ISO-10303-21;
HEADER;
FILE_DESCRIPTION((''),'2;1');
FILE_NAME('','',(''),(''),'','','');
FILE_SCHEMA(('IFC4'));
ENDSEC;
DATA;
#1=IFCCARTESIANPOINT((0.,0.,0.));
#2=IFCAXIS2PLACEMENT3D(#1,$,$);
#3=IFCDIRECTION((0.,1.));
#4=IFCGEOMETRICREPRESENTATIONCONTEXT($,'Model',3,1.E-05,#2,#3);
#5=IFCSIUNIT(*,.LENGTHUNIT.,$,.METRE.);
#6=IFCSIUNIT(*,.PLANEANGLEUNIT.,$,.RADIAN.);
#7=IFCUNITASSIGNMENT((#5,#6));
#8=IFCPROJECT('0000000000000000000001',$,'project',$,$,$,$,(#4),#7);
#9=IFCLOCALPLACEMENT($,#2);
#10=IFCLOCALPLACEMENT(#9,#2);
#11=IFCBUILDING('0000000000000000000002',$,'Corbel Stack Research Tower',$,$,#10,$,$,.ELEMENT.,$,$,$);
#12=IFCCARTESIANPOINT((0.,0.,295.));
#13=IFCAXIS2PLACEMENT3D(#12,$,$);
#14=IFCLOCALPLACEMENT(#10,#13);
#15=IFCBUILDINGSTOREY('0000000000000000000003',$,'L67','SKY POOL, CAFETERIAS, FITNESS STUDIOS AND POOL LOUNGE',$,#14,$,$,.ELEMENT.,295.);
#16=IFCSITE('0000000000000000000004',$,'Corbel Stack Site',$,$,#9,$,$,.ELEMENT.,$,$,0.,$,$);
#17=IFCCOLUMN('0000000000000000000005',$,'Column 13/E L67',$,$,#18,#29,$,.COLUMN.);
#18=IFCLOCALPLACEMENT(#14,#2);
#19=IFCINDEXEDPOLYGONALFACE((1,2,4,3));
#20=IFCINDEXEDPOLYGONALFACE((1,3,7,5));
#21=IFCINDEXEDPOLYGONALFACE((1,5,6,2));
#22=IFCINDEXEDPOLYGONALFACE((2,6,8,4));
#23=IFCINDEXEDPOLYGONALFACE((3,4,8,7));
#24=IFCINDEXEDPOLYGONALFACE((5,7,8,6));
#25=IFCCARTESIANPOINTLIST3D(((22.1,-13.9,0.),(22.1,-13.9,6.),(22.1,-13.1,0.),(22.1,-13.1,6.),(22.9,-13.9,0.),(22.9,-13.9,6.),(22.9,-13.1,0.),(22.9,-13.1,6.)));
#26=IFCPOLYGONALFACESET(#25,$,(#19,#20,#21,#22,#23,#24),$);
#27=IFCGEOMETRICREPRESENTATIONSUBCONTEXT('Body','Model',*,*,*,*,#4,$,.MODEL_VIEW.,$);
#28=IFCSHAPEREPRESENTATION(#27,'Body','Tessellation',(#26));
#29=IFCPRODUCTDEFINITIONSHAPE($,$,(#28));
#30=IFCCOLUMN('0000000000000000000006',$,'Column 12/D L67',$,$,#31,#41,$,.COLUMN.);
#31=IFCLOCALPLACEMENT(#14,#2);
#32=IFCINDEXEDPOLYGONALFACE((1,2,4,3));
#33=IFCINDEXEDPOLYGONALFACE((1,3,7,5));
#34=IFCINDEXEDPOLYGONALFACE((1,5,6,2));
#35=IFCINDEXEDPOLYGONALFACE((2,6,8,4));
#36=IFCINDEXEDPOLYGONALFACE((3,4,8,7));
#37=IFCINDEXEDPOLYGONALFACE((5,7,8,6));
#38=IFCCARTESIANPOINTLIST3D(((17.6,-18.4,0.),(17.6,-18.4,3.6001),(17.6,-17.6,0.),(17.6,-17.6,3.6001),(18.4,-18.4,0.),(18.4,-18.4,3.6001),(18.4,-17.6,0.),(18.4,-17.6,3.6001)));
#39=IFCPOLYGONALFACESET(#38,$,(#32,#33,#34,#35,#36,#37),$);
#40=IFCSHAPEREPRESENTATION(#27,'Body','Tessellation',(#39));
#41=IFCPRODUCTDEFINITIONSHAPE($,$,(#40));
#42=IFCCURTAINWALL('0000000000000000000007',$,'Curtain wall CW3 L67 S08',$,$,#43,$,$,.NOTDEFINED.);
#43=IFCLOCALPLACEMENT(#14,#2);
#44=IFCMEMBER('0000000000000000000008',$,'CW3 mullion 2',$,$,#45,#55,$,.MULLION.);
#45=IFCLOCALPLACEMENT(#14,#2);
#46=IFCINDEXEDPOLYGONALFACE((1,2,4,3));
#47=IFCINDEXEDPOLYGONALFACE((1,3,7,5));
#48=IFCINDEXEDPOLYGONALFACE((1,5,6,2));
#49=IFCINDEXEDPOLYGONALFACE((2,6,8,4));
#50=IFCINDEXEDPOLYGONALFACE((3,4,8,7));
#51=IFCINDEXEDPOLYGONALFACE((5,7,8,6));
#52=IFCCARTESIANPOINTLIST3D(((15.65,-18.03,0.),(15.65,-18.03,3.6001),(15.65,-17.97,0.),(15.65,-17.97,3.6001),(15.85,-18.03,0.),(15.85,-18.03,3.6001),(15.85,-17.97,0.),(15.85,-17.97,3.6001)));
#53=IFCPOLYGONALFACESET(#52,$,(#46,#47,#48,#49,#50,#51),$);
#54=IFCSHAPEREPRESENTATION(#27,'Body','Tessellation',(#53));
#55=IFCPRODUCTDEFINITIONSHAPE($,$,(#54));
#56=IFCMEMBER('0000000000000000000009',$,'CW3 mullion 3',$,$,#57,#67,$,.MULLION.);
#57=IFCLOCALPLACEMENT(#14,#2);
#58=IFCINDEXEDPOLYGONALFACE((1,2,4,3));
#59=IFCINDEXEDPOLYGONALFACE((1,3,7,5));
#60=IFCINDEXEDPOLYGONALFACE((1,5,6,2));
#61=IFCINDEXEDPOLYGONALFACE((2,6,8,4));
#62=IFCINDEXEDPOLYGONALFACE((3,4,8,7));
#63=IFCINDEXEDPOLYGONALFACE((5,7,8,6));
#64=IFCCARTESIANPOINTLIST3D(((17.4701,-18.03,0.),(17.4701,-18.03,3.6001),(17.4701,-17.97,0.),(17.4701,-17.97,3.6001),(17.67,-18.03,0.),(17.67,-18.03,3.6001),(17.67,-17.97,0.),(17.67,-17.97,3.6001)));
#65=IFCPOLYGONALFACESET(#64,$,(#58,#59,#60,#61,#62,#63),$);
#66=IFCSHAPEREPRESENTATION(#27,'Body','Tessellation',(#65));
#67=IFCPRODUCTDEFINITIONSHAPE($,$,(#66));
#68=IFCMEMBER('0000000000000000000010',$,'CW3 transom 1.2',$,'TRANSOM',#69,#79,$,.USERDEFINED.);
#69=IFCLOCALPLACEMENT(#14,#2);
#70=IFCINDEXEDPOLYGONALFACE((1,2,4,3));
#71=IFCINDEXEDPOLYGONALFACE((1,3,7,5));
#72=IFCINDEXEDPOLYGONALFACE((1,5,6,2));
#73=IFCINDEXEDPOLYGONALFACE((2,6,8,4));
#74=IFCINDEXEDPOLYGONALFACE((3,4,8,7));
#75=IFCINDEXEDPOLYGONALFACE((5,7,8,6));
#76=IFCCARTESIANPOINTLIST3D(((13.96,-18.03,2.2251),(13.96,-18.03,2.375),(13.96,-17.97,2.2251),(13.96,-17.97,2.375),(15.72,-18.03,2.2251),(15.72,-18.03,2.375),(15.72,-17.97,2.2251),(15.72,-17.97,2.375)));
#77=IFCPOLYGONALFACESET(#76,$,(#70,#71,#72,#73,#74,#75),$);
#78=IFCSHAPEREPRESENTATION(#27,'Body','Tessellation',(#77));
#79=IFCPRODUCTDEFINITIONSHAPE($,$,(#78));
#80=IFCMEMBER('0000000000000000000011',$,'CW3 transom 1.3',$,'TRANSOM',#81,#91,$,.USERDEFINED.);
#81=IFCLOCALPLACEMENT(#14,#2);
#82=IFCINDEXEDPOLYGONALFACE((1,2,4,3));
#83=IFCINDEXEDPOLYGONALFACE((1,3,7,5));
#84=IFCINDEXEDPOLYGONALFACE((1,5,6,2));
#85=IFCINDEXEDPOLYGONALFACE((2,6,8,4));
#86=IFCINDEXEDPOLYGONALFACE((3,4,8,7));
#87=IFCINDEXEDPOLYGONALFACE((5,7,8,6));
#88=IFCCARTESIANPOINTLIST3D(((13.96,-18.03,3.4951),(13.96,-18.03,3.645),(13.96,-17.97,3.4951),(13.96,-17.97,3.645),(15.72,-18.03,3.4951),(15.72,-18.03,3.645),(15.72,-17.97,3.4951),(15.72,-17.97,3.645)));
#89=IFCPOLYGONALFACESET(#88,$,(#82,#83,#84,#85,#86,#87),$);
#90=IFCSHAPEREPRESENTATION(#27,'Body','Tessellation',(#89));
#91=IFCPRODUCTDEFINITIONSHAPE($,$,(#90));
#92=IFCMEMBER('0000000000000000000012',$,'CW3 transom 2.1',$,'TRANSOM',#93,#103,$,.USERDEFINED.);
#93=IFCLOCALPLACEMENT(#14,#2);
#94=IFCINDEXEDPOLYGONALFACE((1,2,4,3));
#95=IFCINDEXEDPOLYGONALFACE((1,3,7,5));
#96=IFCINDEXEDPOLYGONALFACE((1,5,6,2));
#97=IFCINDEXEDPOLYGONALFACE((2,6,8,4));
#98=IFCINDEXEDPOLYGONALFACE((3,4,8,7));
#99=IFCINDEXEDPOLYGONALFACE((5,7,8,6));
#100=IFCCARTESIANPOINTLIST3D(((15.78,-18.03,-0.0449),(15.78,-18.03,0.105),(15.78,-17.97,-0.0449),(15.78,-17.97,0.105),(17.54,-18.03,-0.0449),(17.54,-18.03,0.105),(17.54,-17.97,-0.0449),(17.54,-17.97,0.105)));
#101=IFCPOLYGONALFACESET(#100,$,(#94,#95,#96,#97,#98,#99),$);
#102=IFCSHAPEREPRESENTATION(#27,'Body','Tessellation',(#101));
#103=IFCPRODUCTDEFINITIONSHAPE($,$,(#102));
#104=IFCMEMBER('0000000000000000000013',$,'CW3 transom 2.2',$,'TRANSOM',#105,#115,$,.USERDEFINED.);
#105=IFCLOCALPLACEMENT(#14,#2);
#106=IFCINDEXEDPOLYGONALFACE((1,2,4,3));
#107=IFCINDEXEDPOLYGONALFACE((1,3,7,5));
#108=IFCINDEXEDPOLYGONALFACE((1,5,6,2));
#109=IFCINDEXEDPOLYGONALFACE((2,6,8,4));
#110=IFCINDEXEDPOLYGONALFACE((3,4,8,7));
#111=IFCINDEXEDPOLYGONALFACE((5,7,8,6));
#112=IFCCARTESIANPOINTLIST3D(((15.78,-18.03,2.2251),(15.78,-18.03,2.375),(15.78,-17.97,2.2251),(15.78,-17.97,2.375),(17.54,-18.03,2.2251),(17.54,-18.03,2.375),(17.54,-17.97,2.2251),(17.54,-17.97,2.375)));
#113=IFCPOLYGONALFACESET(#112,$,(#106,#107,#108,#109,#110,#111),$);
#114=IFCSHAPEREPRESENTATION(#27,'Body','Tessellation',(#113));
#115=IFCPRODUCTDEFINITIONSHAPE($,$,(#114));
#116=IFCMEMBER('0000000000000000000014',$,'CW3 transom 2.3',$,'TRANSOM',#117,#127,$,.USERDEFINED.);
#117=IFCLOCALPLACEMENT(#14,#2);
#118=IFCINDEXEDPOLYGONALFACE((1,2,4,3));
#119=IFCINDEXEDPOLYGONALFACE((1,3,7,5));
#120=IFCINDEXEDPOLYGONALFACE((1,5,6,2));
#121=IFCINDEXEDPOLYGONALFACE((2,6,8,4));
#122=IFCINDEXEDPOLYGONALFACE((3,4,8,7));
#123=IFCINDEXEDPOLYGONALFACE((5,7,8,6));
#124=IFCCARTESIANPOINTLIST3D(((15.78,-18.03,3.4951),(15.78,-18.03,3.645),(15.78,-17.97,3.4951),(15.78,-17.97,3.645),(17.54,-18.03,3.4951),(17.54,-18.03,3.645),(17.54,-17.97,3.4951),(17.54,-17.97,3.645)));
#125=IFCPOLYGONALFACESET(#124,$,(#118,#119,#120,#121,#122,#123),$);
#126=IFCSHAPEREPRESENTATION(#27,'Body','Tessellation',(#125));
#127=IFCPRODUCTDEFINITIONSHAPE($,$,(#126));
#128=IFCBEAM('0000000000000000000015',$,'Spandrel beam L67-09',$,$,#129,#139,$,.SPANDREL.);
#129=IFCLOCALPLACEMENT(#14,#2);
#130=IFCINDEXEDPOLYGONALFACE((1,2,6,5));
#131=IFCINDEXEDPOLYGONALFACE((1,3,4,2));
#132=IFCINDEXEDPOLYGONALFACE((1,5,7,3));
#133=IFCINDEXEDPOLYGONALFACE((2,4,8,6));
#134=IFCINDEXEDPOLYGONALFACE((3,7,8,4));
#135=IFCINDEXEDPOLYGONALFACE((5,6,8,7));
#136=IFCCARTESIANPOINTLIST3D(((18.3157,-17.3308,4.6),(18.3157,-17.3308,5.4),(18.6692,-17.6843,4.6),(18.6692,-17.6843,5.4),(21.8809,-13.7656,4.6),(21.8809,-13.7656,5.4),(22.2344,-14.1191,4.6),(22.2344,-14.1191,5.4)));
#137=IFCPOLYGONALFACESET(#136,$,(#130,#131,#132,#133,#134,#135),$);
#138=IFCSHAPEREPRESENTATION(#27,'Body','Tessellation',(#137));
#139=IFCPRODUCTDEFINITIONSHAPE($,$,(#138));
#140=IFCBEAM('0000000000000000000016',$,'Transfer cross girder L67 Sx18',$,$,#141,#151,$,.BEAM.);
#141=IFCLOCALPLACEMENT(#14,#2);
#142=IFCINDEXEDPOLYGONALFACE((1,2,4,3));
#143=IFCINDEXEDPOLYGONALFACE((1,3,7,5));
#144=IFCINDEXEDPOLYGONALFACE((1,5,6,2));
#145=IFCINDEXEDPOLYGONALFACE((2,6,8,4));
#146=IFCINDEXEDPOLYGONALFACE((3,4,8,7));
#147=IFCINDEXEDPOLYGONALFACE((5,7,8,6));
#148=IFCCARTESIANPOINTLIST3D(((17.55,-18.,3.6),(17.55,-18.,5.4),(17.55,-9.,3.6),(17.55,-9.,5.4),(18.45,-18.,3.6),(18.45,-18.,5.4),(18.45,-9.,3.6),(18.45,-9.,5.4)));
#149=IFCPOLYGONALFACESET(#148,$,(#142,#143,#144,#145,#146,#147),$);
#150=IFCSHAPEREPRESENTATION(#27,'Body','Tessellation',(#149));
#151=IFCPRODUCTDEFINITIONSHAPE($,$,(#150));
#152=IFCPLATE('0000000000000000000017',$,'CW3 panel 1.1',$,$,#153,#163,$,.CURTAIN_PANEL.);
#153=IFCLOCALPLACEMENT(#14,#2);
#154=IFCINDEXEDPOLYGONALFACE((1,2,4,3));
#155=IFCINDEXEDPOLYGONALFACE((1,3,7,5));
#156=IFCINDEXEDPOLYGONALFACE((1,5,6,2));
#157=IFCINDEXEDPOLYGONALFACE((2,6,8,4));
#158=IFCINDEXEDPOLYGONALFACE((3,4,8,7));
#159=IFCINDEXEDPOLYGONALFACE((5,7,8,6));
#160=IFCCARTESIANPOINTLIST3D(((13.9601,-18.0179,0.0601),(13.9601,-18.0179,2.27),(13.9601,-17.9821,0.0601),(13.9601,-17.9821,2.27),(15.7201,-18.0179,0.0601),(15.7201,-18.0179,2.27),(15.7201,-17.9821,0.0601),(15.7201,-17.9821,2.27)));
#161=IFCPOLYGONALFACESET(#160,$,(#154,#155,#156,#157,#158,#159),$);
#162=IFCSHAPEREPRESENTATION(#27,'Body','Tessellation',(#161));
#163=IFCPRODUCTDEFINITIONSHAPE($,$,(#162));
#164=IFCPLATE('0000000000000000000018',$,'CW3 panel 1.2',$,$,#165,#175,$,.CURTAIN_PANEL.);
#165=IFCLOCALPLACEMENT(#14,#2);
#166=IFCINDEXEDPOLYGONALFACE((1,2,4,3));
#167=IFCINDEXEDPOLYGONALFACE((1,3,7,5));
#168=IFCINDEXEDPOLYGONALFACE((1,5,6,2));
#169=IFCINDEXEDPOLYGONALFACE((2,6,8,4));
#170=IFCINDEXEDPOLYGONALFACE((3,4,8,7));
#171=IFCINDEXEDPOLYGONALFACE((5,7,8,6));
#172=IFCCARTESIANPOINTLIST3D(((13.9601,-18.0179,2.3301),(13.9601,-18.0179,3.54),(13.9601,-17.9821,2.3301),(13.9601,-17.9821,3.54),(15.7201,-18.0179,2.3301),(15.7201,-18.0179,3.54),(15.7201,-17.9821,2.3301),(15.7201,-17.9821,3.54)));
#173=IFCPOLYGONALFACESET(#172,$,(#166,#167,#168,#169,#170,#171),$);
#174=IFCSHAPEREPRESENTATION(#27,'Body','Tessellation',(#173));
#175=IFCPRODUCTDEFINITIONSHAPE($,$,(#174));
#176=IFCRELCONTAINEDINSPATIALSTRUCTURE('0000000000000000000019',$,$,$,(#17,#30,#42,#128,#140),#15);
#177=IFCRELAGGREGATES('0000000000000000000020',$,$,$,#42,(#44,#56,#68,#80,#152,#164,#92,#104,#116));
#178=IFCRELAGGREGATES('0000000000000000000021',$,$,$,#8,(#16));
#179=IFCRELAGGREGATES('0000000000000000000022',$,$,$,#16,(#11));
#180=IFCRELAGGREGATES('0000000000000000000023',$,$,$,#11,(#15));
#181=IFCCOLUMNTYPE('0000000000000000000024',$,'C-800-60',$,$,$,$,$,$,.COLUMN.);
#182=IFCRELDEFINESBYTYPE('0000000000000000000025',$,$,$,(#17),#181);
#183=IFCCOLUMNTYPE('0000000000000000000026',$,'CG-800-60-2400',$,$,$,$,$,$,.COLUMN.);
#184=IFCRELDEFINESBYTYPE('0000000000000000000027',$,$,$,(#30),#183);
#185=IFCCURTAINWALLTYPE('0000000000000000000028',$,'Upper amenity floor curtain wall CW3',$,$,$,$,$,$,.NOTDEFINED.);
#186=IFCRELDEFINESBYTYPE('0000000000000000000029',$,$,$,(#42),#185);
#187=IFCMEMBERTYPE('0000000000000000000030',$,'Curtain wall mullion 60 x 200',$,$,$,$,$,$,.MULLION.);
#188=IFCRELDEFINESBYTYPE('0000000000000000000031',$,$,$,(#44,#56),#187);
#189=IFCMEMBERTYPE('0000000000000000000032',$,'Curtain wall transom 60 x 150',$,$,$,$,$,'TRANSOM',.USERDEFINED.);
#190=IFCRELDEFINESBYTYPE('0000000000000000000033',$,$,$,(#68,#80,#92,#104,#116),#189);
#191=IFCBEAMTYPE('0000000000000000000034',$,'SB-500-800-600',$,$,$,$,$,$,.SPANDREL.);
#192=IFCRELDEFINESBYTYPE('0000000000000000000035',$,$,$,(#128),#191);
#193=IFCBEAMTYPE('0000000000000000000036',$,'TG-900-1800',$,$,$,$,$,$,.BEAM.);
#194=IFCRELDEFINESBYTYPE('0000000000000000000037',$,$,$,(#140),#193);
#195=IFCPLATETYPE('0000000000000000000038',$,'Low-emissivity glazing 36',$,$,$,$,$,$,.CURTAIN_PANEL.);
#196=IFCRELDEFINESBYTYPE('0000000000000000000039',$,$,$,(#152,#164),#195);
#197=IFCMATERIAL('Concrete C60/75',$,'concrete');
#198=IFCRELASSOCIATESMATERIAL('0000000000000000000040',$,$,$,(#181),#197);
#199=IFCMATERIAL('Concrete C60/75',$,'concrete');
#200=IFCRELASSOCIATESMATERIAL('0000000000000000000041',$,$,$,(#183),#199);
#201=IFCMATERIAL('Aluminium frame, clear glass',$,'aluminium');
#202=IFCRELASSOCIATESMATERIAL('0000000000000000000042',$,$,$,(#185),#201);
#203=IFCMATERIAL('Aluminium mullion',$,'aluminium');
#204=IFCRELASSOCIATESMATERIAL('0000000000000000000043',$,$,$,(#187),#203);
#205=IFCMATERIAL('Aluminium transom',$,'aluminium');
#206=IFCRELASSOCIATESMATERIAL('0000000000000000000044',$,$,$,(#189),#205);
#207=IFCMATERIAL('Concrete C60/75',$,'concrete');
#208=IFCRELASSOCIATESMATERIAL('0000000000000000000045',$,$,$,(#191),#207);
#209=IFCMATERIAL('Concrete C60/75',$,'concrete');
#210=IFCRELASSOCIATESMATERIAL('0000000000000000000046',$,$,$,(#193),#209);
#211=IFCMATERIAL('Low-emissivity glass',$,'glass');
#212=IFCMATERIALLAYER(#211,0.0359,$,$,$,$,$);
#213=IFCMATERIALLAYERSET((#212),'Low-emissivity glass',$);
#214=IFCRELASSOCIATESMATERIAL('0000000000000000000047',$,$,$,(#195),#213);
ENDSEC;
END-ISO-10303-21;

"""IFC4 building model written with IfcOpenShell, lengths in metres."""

from ifc_helpers import new_model, si_unit, direction, frame, origin, origin_2d, place, context, subcontext, project, spatial, rectangle, extrude, material, layer, layer_set, material_profile, profile_set, type_object, element, aggregate, save


model = new_model("IFC4")

# Units and contexts
model_context = context("Model", 3, precision=1e-05, world=origin(), true_north=direction((0.0, 1.0)))
body_context = subcontext(model_context, "Body", "Model", "MODEL_VIEW")
ifc_project = project(units=[si_unit("LENGTHUNIT", "METRE"), si_unit("PLANEANGLEUNIT", "RADIAN")], contexts=[model_context])

# Site, building, storey
site_placement = place(None, origin())
site = spatial("IfcSite", under=ifc_project, at=site_placement, Name="Corbel Stack Site", CompositionType="ELEMENT", RefElevation=0.0)
building_placement = place(site_placement, origin())
building = spatial("IfcBuilding", under=site, at=building_placement, Name="Corbel Stack Research Tower", CompositionType="ELEMENT")
storey_placement = place(building_placement, frame((0.0, 0.0, 295.0)))
storey = spatial("IfcBuildingStorey", under=building, at=storey_placement, Name="L67", Description="SKY POOL, CAFETERIAS, FITNESS STUDIOS AND POOL LOUNGE", CompositionType="ELEMENT", Elevation=295.0)

# Columns
ifc_material_1 = material(Name="Concrete C60/75", Category="concrete")
ifc_material_profile_1 = material_profile(ifc_material_1, rectangle(XDim=0.8, YDim=0.8, at=origin_2d()), Name="RC 800 x 800")
ifc_profile_set_1 = profile_set([ifc_material_profile_1], Name="Concrete C60/75")
column_type_1 = type_object("IfcColumnType", Name="C-800-60", PredefinedType="COLUMN", material=ifc_profile_set_1)
column_1_placement = place(storey_placement, frame((22.5, -13.5, 0.0), z_axis=(0.0, 0.0, 1.0), x_axis=(1.0, 0.0, 0.0)))
element("IfcColumn", 1, at=column_1_placement, inside=storey, type_object=column_type_1, Name="Column 13/E L67", PredefinedType="COLUMN", context=body_context, shape_type="SweptSolid", body=[
    extrude(rectangle(XDim=0.8, YDim=0.8, at=origin_2d()), origin(), (0.0, 0.0, 1.0), 6.0),
])
ifc_material_2 = material(Name="Concrete C60/75", Category="concrete")
ifc_material_profile_2 = material_profile(ifc_material_2, rectangle(XDim=0.8, YDim=0.8, at=origin_2d()), Name="RC 800 x 800")
ifc_profile_set_2 = profile_set([ifc_material_profile_2], Name="Concrete C60/75")
column_type_2 = type_object("IfcColumnType", Name="CG-800-60-2400", PredefinedType="COLUMN", material=ifc_profile_set_2)
column_2_placement = place(storey_placement, frame((18.0, -18.0, 0.0), z_axis=(0.0, 0.0, 1.0), x_axis=(1.0, 0.0, 0.0)))
element("IfcColumn", 2, at=column_2_placement, inside=storey, type_object=column_type_2, Name="Column 12/D L67", PredefinedType="COLUMN", context=body_context, shape_type="SweptSolid", body=[
    extrude(rectangle(XDim=0.8, YDim=0.8, at=origin_2d()), origin(), (0.0, 0.0, 1.0), 3.6001),
])

# Curtain wall, members
ifc_material_3 = material(Name="Aluminium frame, clear glass", Category="aluminium")
curtain_wall_type = type_object("IfcCurtainWallType", Name="Upper amenity floor curtain wall CW3", PredefinedType="NOTDEFINED", material=ifc_material_3)
curtain_wall_placement = place(storey_placement, origin())
curtain_wall = element("IfcCurtainWall", 3, at=curtain_wall_placement, inside=storey, type_object=curtain_wall_type, Name="Curtain wall CW3 L67 S08", PredefinedType="NOTDEFINED")
ifc_material_4 = material(Name="Aluminium mullion", Category="aluminium")
ifc_material_profile_3 = material_profile(ifc_material_4, rectangle(XDim=0.0601, YDim=0.2, at=origin_2d()), Name="Mullion 60 x 200")
ifc_profile_set_3 = profile_set([ifc_material_profile_3], Name="Aluminium mullion")
member_type_1 = type_object("IfcMemberType", Name="Curtain wall mullion 60 x 200", PredefinedType="MULLION", material=ifc_profile_set_3)
member_1_placement = place(storey_placement, frame((15.75, -18.0, 0.0), z_axis=(0.0, 0.0, 1.0), x_axis=(0.0, 1.0, 0.0)))
member_1 = element("IfcMember", 4, at=member_1_placement, type_object=member_type_1, Name="CW3 mullion 2", PredefinedType="MULLION", context=body_context, shape_type="SweptSolid", body=[
    extrude(rectangle(XDim=0.0601, YDim=0.2, at=origin_2d()), origin(), (0.0, 0.0, 1.0), 3.6001),
])
member_2_placement = place(storey_placement, frame((17.5701, -18.0, 0.0), z_axis=(0.0, 0.0, 1.0), x_axis=(0.0, 1.0, 0.0)))
member_2 = element("IfcMember", 5, at=member_2_placement, type_object=member_type_1, Name="CW3 mullion 3", PredefinedType="MULLION", context=body_context, shape_type="SweptSolid", body=[
    extrude(rectangle(XDim=0.0601, YDim=0.2, at=origin_2d()), origin(), (0.0, 0.0, 1.0), 3.6001),
])
ifc_material_5 = material(Name="Aluminium transom", Category="aluminium")
ifc_material_profile_4 = material_profile(ifc_material_5, rectangle(XDim=0.0601, YDim=0.1499, at=origin_2d()), Name="Transom 60 x 150")
ifc_profile_set_4 = profile_set([ifc_material_profile_4], Name="Aluminium transom")
member_type_2 = type_object("IfcMemberType", Name="Curtain wall transom 60 x 150", ElementType="TRANSOM", PredefinedType="USERDEFINED", material=ifc_profile_set_4)
member_3_placement = place(storey_placement, frame((13.96, -18.0, 2.3), z_axis=(1.0, 0.0, 0.0), x_axis=(0.0, 1.0, 0.0)))
member_3 = element("IfcMember", 6, at=member_3_placement, type_object=member_type_2, Name="CW3 transom 1.2", ObjectType="TRANSOM", PredefinedType="USERDEFINED", context=body_context, shape_type="SweptSolid", body=[
    extrude(rectangle(XDim=0.0601, YDim=0.1499, at=origin_2d()), origin(), (0.0, 0.0, 1.0), 1.76),
])
member_4_placement = place(storey_placement, frame((13.96, -18.0, 3.5701), z_axis=(1.0, 0.0, 0.0), x_axis=(0.0, 1.0, 0.0)))
member_4 = element("IfcMember", 7, at=member_4_placement, type_object=member_type_2, Name="CW3 transom 1.3", ObjectType="TRANSOM", PredefinedType="USERDEFINED", context=body_context, shape_type="SweptSolid", body=[
    extrude(rectangle(XDim=0.0601, YDim=0.1499, at=origin_2d()), origin(), (0.0, 0.0, 1.0), 1.76),
])
member_5_placement = place(storey_placement, frame((15.78, -18.0, 0.03), z_axis=(1.0, 0.0, 0.0), x_axis=(0.0, 1.0, 0.0)))
member_5 = element("IfcMember", 8, at=member_5_placement, type_object=member_type_2, Name="CW3 transom 2.1", ObjectType="TRANSOM", PredefinedType="USERDEFINED", context=body_context, shape_type="SweptSolid", body=[
    extrude(rectangle(XDim=0.0601, YDim=0.1499, at=origin_2d()), origin(), (0.0, 0.0, 1.0), 1.76),
])
member_6_placement = place(storey_placement, frame((15.78, -18.0, 2.3), z_axis=(1.0, 0.0, 0.0), x_axis=(0.0, 1.0, 0.0)))
member_6 = element("IfcMember", 9, at=member_6_placement, type_object=member_type_2, Name="CW3 transom 2.2", ObjectType="TRANSOM", PredefinedType="USERDEFINED", context=body_context, shape_type="SweptSolid", body=[
    extrude(rectangle(XDim=0.0601, YDim=0.1499, at=origin_2d()), origin(), (0.0, 0.0, 1.0), 1.76),
])
member_7_placement = place(storey_placement, frame((15.78, -18.0, 3.5701), z_axis=(1.0, 0.0, 0.0), x_axis=(0.0, 1.0, 0.0)))
member_7 = element("IfcMember", 10, at=member_7_placement, type_object=member_type_2, Name="CW3 transom 2.3", ObjectType="TRANSOM", PredefinedType="USERDEFINED", context=body_context, shape_type="SweptSolid", body=[
    extrude(rectangle(XDim=0.0601, YDim=0.1499, at=origin_2d()), origin(), (0.0, 0.0, 1.0), 1.76),
])

# Beams
ifc_material_6 = material(Name="Concrete C60/75", Category="concrete")
ifc_material_profile_5 = material_profile(ifc_material_6, rectangle(XDim=0.5, YDim=0.8, at=origin_2d()), Name="RC 500 x 800")
ifc_profile_set_5 = profile_set([ifc_material_profile_5], Name="Concrete C60/75")
beam_type_1 = type_object("IfcBeamType", Name="SB-500-800-600", PredefinedType="SPANDREL", material=ifc_profile_set_5)
beam_1_placement = place(storey_placement, frame((18.4924, -17.5076, 5.0), z_axis=(0.707107, 0.707107, 0.0), x_axis=(-0.707107, 0.707107, 0.0)))
element("IfcBeam", 11, at=beam_1_placement, inside=storey, type_object=beam_type_1, Name="Spandrel beam L67-09", PredefinedType="SPANDREL", context=body_context, shape_type="SweptSolid", body=[
    extrude(rectangle(XDim=0.5, YDim=0.8, at=origin_2d()), origin(), (0.0, 0.0, 1.0), 5.042),
])
ifc_material_7 = material(Name="Concrete C60/75", Category="concrete")
ifc_material_profile_6 = material_profile(ifc_material_7, rectangle(XDim=0.8999, YDim=1.8, at=origin_2d()), Name="RC 900 x 1800")
ifc_profile_set_6 = profile_set([ifc_material_profile_6], Name="Concrete C60/75")
beam_type_2 = type_object("IfcBeamType", Name="TG-900-1800", PredefinedType="BEAM", material=ifc_profile_set_6)
beam_2_placement = place(storey_placement, frame((18.0, -18.0, 4.5), z_axis=(0.0, 1.0, 0.0), x_axis=(-1.0, 0.0, 0.0)))
element("IfcBeam", 12, at=beam_2_placement, inside=storey, type_object=beam_type_2, Name="Transfer cross girder L67 Sx18", PredefinedType="BEAM", context=body_context, shape_type="SweptSolid", body=[
    extrude(rectangle(XDim=0.8999, YDim=1.8, at=origin_2d()), origin(), (0.0, 0.0, 1.0), 9.0),
])

# Plates
ifc_material_8 = material(Name="Low-emissivity glass", Category="glass")
ifc_layer_1 = layer(ifc_material_8, 0.0359)
ifc_layer_set_1 = layer_set([ifc_layer_1], Name="Low-emissivity glass")
plate_type = type_object("IfcPlateType", Name="Low-emissivity glazing 36", PredefinedType="CURTAIN_PANEL", material=ifc_layer_set_1)
plate_1_placement = place(storey_placement, frame((14.8401, -18.0, 0.0601), z_axis=(0.0, 0.0, 1.0), x_axis=(1.0, 0.0, 0.0)))
plate_1 = element("IfcPlate", 13, at=plate_1_placement, type_object=plate_type, Name="CW3 panel 1.1", PredefinedType="CURTAIN_PANEL", context=body_context, shape_type="SweptSolid", body=[
    extrude(rectangle(XDim=1.76, YDim=0.0359, at=origin_2d()), origin(), (0.0, 0.0, 1.0), 2.21),
])
plate_2_placement = place(storey_placement, frame((14.8401, -18.0, 2.3301), z_axis=(0.0, 0.0, 1.0), x_axis=(1.0, 0.0, 0.0)))
plate_2 = element("IfcPlate", 14, at=plate_2_placement, type_object=plate_type, Name="CW3 panel 1.2", PredefinedType="CURTAIN_PANEL", context=body_context, shape_type="SweptSolid", body=[
    extrude(rectangle(XDim=1.76, YDim=0.0359, at=origin_2d()), origin(), (0.0, 0.0, 1.0), 1.21),
])
aggregate(curtain_wall, [member_1, member_2, member_3, member_4, plate_1, plate_2, member_5, member_6, member_7])

save(model, "model.ifc")
